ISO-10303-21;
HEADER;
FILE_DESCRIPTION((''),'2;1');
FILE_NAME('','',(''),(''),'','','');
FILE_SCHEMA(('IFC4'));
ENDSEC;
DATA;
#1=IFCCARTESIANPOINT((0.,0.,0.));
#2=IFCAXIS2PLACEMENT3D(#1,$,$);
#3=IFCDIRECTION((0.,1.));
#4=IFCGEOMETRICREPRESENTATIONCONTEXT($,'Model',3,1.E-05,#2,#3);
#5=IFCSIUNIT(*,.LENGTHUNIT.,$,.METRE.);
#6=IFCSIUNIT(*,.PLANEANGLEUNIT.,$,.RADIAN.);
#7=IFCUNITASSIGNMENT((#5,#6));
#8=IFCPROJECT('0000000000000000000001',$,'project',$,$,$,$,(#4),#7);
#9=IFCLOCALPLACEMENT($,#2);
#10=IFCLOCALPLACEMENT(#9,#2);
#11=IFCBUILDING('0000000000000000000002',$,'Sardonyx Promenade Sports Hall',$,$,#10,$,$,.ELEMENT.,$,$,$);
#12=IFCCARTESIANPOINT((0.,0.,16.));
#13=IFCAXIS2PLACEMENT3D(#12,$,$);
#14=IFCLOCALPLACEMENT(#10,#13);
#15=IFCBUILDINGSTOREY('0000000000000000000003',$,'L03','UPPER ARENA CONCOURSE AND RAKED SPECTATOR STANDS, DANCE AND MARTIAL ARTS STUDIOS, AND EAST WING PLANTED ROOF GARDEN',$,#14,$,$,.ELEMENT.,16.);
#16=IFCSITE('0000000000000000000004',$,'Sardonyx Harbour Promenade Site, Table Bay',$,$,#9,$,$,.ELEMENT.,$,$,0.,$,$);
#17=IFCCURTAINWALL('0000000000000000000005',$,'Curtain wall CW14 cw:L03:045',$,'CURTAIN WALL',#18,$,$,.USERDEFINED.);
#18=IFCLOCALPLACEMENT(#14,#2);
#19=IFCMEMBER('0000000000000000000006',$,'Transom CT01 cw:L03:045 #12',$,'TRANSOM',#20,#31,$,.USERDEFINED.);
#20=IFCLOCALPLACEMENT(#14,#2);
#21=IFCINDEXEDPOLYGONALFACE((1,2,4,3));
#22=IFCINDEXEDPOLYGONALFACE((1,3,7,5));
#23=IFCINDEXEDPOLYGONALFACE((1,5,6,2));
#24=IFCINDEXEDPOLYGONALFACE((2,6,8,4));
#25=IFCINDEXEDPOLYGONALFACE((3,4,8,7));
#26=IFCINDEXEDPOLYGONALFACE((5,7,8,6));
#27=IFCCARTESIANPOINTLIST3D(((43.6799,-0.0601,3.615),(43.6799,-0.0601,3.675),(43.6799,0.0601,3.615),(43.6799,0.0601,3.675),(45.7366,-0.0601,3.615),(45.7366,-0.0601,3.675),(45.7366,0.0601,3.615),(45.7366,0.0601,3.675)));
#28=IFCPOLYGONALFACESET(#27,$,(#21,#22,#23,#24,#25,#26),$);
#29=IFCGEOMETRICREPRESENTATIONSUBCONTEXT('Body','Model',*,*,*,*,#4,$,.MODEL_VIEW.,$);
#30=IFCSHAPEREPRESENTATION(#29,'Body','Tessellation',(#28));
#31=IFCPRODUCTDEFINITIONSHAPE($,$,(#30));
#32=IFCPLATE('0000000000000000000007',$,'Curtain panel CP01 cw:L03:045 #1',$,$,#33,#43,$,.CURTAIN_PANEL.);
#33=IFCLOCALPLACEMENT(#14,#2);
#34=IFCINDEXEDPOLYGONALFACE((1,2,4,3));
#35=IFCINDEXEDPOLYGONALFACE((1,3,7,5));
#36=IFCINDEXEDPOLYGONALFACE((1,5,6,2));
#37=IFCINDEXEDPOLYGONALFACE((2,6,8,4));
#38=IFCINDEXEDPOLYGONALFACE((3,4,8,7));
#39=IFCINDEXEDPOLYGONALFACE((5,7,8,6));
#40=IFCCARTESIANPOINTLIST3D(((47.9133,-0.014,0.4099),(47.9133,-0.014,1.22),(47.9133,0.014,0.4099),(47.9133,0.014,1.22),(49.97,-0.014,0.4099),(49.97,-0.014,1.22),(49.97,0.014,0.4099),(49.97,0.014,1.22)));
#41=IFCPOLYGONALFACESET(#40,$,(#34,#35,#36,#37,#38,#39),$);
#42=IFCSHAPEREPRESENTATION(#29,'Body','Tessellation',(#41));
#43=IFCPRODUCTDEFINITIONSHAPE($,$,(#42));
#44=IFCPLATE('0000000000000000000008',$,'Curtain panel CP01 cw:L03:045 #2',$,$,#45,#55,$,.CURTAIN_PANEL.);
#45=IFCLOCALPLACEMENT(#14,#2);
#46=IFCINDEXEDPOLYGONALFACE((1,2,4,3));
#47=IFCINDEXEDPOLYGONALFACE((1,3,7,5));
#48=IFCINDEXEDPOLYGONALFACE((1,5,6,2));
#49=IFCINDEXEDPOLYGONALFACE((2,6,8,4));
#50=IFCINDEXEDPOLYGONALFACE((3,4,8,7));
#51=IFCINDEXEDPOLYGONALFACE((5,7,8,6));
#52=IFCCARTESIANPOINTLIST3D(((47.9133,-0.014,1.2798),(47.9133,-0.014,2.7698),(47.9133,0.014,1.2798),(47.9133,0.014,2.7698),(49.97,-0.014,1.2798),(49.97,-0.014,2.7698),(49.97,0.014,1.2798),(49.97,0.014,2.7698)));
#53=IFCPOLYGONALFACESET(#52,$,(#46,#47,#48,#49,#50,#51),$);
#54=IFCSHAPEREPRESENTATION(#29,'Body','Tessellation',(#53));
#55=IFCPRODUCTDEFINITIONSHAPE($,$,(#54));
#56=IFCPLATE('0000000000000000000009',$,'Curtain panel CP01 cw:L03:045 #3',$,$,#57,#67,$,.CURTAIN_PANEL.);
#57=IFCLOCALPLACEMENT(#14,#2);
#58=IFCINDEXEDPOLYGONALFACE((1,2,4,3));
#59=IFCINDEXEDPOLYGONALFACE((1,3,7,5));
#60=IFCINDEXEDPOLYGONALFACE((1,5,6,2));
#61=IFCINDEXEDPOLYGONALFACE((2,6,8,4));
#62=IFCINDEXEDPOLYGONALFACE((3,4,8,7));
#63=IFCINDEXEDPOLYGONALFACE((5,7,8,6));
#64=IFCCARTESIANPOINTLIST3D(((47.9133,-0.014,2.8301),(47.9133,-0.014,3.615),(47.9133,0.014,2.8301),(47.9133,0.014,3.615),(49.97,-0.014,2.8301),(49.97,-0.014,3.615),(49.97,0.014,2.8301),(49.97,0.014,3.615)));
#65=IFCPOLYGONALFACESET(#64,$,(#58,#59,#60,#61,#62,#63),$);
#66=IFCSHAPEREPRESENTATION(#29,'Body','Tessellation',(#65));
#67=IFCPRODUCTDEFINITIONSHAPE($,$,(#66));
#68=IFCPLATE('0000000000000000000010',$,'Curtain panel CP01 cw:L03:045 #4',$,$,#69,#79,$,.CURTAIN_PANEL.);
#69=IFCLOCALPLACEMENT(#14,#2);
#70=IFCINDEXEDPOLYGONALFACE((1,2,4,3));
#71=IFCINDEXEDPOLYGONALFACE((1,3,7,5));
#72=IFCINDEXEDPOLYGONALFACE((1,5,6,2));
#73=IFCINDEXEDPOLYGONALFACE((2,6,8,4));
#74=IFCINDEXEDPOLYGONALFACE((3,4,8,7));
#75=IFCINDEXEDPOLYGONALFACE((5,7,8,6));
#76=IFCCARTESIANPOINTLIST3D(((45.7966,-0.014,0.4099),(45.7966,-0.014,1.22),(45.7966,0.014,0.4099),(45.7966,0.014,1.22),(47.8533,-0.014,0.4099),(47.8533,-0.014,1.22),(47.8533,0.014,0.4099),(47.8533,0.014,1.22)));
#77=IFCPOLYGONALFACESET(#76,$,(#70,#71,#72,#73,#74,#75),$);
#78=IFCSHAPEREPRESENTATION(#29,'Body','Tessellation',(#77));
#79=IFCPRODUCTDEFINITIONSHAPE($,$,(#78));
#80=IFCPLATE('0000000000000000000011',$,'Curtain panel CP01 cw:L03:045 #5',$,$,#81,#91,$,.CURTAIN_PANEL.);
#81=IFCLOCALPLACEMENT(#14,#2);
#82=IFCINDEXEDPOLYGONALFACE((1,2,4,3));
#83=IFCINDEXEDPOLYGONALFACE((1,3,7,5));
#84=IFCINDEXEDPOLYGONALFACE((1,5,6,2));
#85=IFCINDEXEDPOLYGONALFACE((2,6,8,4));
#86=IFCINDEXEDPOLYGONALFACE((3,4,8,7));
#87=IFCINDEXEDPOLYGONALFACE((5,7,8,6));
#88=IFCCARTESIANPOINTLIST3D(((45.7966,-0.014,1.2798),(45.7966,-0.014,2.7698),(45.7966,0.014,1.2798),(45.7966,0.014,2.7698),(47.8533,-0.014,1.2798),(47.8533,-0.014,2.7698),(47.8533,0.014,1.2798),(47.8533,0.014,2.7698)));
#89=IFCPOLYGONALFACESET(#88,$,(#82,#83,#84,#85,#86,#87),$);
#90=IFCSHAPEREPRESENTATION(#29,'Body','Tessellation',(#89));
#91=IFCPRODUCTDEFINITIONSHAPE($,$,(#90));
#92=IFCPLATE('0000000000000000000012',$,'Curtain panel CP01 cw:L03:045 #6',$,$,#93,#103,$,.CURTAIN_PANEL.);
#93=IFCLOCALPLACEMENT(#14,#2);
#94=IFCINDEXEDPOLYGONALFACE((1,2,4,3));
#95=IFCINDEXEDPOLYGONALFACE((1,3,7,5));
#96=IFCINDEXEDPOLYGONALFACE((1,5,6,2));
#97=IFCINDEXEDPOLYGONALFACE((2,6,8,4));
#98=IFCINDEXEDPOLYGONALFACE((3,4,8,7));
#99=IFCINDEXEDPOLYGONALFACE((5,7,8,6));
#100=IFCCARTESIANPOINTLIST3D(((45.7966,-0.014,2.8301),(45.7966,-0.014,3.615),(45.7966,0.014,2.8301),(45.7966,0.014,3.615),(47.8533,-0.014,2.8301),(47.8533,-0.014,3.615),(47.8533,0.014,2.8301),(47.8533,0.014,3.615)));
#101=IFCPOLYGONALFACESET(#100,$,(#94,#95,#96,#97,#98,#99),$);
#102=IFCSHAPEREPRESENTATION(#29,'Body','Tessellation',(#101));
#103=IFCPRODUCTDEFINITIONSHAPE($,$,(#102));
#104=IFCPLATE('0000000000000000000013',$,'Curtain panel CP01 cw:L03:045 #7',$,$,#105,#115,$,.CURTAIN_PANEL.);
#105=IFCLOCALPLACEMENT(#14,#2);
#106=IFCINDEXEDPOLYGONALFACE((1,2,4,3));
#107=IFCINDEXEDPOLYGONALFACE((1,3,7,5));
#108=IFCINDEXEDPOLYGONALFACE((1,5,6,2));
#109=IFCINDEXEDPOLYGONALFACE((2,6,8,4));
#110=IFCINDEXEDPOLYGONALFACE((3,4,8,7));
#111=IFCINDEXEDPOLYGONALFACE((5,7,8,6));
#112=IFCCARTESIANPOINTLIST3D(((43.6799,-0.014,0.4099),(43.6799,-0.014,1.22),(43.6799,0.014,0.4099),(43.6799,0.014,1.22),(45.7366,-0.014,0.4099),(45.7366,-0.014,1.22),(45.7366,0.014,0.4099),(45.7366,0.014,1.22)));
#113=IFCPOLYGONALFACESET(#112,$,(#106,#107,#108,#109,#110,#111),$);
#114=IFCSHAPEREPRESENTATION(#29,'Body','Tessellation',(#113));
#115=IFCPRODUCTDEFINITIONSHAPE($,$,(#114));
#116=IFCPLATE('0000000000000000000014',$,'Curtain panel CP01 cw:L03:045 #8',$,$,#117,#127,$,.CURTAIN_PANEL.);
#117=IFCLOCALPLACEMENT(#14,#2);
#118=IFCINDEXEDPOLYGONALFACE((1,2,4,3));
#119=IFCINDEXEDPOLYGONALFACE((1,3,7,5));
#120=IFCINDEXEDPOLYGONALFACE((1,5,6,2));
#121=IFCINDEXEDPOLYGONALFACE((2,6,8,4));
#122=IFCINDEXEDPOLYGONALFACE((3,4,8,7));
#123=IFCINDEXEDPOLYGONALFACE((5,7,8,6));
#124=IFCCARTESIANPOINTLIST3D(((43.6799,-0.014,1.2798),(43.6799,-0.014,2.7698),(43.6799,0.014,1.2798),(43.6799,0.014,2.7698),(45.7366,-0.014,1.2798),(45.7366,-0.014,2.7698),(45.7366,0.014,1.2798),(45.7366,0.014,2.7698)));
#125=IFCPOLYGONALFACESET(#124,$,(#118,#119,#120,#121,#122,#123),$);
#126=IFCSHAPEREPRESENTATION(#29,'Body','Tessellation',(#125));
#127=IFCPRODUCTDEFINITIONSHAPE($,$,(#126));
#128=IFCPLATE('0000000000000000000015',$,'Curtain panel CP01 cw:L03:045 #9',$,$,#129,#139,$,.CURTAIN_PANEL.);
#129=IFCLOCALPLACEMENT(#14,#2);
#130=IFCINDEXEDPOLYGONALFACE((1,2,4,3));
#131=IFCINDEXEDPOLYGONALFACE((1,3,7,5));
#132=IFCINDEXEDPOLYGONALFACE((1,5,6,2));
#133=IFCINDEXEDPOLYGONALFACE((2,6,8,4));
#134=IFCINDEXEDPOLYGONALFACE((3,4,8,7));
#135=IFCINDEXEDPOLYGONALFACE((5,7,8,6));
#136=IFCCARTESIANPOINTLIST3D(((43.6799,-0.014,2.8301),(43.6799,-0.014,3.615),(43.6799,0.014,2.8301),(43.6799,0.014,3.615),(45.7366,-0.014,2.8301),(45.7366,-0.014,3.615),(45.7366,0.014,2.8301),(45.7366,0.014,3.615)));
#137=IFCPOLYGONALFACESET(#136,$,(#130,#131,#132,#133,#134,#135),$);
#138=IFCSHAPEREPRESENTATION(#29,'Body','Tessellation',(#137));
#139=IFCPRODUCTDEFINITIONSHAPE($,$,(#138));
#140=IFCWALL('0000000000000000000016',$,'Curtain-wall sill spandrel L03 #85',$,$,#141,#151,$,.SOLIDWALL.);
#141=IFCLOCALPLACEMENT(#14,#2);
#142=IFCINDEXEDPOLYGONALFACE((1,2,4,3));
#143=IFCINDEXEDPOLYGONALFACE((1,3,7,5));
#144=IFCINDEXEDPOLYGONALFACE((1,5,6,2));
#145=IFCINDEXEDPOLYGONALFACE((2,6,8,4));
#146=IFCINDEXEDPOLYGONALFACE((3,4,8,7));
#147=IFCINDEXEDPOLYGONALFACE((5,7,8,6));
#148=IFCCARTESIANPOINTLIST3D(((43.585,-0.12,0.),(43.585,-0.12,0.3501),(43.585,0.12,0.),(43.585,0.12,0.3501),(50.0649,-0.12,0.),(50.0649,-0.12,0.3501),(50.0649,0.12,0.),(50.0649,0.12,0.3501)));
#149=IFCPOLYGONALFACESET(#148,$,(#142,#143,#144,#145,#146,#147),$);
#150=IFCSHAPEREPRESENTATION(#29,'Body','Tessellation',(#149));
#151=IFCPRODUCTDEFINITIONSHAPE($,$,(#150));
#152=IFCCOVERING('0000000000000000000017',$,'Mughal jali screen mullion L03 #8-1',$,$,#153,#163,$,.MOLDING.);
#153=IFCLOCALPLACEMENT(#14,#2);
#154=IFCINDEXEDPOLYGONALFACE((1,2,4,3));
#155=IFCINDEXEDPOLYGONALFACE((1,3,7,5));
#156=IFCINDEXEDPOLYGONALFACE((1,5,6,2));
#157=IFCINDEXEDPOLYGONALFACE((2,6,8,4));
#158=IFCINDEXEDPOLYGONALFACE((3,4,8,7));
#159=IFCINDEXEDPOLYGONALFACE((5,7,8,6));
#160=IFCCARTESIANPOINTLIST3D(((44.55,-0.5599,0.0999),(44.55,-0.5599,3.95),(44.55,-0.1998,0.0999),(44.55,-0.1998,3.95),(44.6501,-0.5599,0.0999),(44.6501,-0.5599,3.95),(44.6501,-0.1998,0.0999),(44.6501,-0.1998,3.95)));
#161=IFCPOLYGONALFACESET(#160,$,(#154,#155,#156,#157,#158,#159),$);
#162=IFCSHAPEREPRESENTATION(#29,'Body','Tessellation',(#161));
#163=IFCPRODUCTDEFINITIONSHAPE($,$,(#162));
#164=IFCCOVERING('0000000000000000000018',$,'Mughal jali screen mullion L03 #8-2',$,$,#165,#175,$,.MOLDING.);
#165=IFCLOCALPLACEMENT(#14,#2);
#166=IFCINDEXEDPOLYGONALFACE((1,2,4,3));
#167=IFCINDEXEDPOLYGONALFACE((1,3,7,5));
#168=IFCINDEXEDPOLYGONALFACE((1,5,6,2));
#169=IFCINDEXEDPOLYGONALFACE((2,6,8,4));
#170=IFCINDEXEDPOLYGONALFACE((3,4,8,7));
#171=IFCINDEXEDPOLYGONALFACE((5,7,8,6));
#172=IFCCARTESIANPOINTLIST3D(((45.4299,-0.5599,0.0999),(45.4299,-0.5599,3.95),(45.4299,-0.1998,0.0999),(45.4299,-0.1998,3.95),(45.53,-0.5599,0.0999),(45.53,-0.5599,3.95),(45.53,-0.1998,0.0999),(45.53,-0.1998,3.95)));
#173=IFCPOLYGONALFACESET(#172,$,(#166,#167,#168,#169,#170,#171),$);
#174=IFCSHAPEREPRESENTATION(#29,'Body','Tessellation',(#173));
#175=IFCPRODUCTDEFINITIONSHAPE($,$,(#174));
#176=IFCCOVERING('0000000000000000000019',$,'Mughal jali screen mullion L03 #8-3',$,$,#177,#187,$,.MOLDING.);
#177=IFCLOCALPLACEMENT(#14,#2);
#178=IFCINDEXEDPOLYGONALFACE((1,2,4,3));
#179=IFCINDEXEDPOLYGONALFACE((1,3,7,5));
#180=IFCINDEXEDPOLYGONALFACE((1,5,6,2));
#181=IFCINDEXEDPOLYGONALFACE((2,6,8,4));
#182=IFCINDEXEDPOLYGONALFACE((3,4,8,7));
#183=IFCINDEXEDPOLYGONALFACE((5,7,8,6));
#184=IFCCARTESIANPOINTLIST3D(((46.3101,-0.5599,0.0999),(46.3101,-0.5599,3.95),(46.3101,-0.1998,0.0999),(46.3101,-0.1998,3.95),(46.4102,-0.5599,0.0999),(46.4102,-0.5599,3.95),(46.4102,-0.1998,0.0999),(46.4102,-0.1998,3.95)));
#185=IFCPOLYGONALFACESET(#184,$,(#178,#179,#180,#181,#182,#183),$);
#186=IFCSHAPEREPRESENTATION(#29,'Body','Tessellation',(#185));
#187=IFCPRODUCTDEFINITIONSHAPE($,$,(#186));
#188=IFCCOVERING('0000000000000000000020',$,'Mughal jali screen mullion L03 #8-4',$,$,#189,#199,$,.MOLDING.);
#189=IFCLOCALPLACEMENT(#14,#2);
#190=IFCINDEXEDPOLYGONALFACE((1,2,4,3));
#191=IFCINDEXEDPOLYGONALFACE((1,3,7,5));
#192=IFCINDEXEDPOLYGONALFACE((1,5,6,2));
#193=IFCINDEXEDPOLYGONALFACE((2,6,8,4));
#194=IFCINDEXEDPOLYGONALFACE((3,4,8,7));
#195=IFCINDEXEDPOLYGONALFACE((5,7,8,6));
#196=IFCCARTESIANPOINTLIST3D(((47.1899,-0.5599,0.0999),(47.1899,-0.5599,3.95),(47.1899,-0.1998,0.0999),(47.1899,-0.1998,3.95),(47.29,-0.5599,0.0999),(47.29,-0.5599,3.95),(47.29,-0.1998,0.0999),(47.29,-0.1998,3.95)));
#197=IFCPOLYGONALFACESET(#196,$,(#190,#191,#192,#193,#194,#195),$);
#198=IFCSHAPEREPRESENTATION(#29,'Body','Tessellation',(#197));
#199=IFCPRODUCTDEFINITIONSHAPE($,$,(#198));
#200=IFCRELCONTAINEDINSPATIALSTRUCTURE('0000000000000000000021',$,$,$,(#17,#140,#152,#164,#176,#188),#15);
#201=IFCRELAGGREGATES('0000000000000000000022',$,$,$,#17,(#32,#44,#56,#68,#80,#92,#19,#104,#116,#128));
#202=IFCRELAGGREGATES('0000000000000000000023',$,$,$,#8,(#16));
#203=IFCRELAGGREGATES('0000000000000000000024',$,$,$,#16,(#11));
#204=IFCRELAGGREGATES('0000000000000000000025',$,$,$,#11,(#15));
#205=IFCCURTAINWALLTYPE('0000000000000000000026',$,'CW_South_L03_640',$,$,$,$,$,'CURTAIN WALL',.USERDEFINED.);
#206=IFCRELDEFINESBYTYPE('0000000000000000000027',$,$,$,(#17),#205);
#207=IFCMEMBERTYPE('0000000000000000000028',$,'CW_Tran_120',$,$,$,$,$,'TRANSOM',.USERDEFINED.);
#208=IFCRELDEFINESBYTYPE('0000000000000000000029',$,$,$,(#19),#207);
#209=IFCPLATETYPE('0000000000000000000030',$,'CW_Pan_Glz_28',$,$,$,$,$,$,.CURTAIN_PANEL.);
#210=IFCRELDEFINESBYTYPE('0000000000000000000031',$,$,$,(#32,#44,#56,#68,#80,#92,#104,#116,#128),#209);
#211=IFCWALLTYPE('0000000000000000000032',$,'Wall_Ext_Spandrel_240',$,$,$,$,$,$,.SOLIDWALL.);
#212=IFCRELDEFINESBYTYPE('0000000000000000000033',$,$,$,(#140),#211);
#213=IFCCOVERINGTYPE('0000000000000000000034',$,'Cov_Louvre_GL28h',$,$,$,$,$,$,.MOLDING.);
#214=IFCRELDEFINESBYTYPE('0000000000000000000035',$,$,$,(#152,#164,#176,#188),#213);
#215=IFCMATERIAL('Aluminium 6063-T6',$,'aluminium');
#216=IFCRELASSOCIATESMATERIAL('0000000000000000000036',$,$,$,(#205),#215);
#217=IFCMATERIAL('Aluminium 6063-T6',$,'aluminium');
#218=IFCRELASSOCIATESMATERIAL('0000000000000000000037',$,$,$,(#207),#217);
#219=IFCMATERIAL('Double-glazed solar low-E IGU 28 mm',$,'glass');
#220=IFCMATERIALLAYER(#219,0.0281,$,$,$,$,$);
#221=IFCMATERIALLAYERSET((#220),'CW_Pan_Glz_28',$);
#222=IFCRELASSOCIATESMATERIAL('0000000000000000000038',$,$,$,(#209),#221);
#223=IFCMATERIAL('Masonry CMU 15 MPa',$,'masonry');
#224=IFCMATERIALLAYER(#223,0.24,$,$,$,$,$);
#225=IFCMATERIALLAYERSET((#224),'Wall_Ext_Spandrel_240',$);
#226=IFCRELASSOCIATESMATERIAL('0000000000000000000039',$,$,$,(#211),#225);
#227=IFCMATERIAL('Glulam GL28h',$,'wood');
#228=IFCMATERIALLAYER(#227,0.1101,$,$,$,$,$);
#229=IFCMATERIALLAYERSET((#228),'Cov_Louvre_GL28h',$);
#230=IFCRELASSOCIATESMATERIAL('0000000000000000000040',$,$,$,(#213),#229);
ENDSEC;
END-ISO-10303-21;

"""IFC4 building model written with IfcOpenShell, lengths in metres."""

from ifc_helpers import new_model, si_unit, direction, frame, frame_2d, origin, origin_2d, place, context, subcontext, project, spatial, rectangle, extrude, material, layer, layer_set, material_profile, profile_set, type_object, element, aggregate, save


model = new_model("IFC4")

# Units and contexts
model_context = context("Model", 3, precision=1e-05, world=origin(), true_north=direction((0.0, 1.0)))
body_context = subcontext(model_context, "Body", "Model", "MODEL_VIEW")
ifc_project = project(units=[si_unit("LENGTHUNIT", "METRE"), si_unit("PLANEANGLEUNIT", "RADIAN")], contexts=[model_context])

# Site, building, storey
site_placement = place(None, origin())
site = spatial("IfcSite", under=ifc_project, at=site_placement, Name="Sardonyx Harbour Promenade Site, Table Bay", CompositionType="ELEMENT", RefElevation=0.0)
building_placement = place(site_placement, origin())
building = spatial("IfcBuilding", under=site, at=building_placement, Name="Sardonyx Promenade Sports Hall", CompositionType="ELEMENT")
storey_placement = place(building_placement, frame((0.0, 0.0, 16.0)))
storey = spatial("IfcBuildingStorey", under=building, at=storey_placement, Name="L03", Description="UPPER ARENA CONCOURSE AND RAKED SPECTATOR STANDS, DANCE AND MARTIAL ARTS STUDIOS, AND EAST WING PLANTED ROOF GARDEN", CompositionType="ELEMENT", Elevation=16.0)

# Curtain wall, member, plates
ifc_material_1 = material(Name="Aluminium 6063-T6", Category="aluminium")
curtain_wall_type = type_object("IfcCurtainWallType", Name="CW_South_L03_640", ElementType="CURTAIN WALL", PredefinedType="USERDEFINED", material=ifc_material_1)
curtain_wall_placement = place(storey_placement, origin())
curtain_wall = element("IfcCurtainWall", 1, at=curtain_wall_placement, inside=storey, type_object=curtain_wall_type, Name="Curtain wall CW14 cw:L03:045", ObjectType="CURTAIN WALL", PredefinedType="USERDEFINED")
ifc_material_2 = material(Name="Aluminium 6063-T6", Category="aluminium")
ifc_material_profile_1 = material_profile(ifc_material_2, rectangle(XDim=0.0601, YDim=0.1201, at=origin_2d()))
ifc_profile_set_1 = profile_set([ifc_material_profile_1], Name="Aluminium 6063-T6")
member_type_1 = type_object("IfcMemberType", Name="CW_Tran_120", ElementType="TRANSOM", PredefinedType="USERDEFINED", material=ifc_profile_set_1)
member_1_placement = place(storey_placement, frame((45.7366, 0.0, 3.645), z_axis=(-1.0, 0.0, 0.0), x_axis=(0.0, 0.0, 1.0)))
member_1 = element("IfcMember", 2, at=member_1_placement, type_object=member_type_1, Name="Transom CT01 cw:L03:045 #12", ObjectType="TRANSOM", PredefinedType="USERDEFINED", context=body_context, shape_type="SweptSolid", body=[
    extrude(rectangle(XDim=0.0601, YDim=0.1201, at=origin_2d()), origin(), (0.0, 0.0, 1.0), 2.0566),
])
ifc_material_3 = material(Name="Double-glazed solar low-E IGU 28 mm", Category="glass")
ifc_layer_1 = layer(ifc_material_3, 0.0281)
ifc_layer_set_1 = layer_set([ifc_layer_1], Name="CW_Pan_Glz_28")
plate_type = type_object("IfcPlateType", Name="CW_Pan_Glz_28", PredefinedType="CURTAIN_PANEL", material=ifc_layer_set_1)
plate_1_placement = place(storey_placement, frame((48.9417, 0.0, 0.4099), z_axis=(0.0, 0.0, 1.0), x_axis=(-1.0, 0.0, 0.0)))
plate_1 = element("IfcPlate", 3, at=plate_1_placement, type_object=plate_type, Name="Curtain panel CP01 cw:L03:045 #1", PredefinedType="CURTAIN_PANEL", context=body_context, shape_type="SweptSolid", body=[
    extrude(rectangle(XDim=2.0566, YDim=0.0281, at=origin_2d()), origin(), (0.0, 0.0, 1.0), 0.8101),
])
plate_2_placement = place(storey_placement, frame((48.9417, 0.0, 1.2798), z_axis=(0.0, 0.0, 1.0), x_axis=(-1.0, 0.0, 0.0)))
plate_2 = element("IfcPlate", 4, at=plate_2_placement, type_object=plate_type, Name="Curtain panel CP01 cw:L03:045 #2", PredefinedType="CURTAIN_PANEL", context=body_context, shape_type="SweptSolid", body=[
    extrude(rectangle(XDim=2.0566, YDim=0.0281, at=origin_2d()), origin(), (0.0, 0.0, 1.0), 1.49),
])
plate_3_placement = place(storey_placement, frame((48.9417, 0.0, 2.8301), z_axis=(0.0, 0.0, 1.0), x_axis=(-1.0, 0.0, 0.0)))
plate_3 = element("IfcPlate", 5, at=plate_3_placement, type_object=plate_type, Name="Curtain panel CP01 cw:L03:045 #3", PredefinedType="CURTAIN_PANEL", context=body_context, shape_type="SweptSolid", body=[
    extrude(rectangle(XDim=2.0566, YDim=0.0281, at=origin_2d()), origin(), (0.0, 0.0, 1.0), 0.7849),
])
plate_4_placement = place(storey_placement, frame((46.825, 0.0, 0.4099), z_axis=(0.0, 0.0, 1.0), x_axis=(-1.0, 0.0, 0.0)))
plate_4 = element("IfcPlate", 6, at=plate_4_placement, type_object=plate_type, Name="Curtain panel CP01 cw:L03:045 #4", PredefinedType="CURTAIN_PANEL", context=body_context, shape_type="SweptSolid", body=[
    extrude(rectangle(XDim=2.0566, YDim=0.0281, at=origin_2d()), origin(), (0.0, 0.0, 1.0), 0.8101),
])
plate_5_placement = place(storey_placement, frame((46.825, 0.0, 1.2798), z_axis=(0.0, 0.0, 1.0), x_axis=(-1.0, 0.0, 0.0)))
plate_5 = element("IfcPlate", 7, at=plate_5_placement, type_object=plate_type, Name="Curtain panel CP01 cw:L03:045 #5", PredefinedType="CURTAIN_PANEL", context=body_context, shape_type="SweptSolid", body=[
    extrude(rectangle(XDim=2.0566, YDim=0.0281, at=origin_2d()), origin(), (0.0, 0.0, 1.0), 1.49),
])
plate_6_placement = place(storey_placement, frame((46.825, 0.0, 2.8301), z_axis=(0.0, 0.0, 1.0), x_axis=(-1.0, 0.0, 0.0)))
plate_6 = element("IfcPlate", 8, at=plate_6_placement, type_object=plate_type, Name="Curtain panel CP01 cw:L03:045 #6", PredefinedType="CURTAIN_PANEL", context=body_context, shape_type="SweptSolid", body=[
    extrude(rectangle(XDim=2.0566, YDim=0.0281, at=origin_2d()), origin(), (0.0, 0.0, 1.0), 0.7849),
])
plate_7_placement = place(storey_placement, frame((44.7083, 0.0, 0.4099), z_axis=(0.0, 0.0, 1.0), x_axis=(-1.0, 0.0, 0.0)))
plate_7 = element("IfcPlate", 9, at=plate_7_placement, type_object=plate_type, Name="Curtain panel CP01 cw:L03:045 #7", PredefinedType="CURTAIN_PANEL", context=body_context, shape_type="SweptSolid", body=[
    extrude(rectangle(XDim=2.0566, YDim=0.0281, at=origin_2d()), origin(), (0.0, 0.0, 1.0), 0.8101),
])
plate_8_placement = place(storey_placement, frame((44.7083, 0.0, 1.2798), z_axis=(0.0, 0.0, 1.0), x_axis=(-1.0, 0.0, 0.0)))
plate_8 = element("IfcPlate", 10, at=plate_8_placement, type_object=plate_type, Name="Curtain panel CP01 cw:L03:045 #8", PredefinedType="CURTAIN_PANEL", context=body_context, shape_type="SweptSolid", body=[
    extrude(rectangle(XDim=2.0566, YDim=0.0281, at=origin_2d()), origin(), (0.0, 0.0, 1.0), 1.49),
])
plate_9_placement = place(storey_placement, frame((44.7083, 0.0, 2.8301), z_axis=(0.0, 0.0, 1.0), x_axis=(-1.0, 0.0, 0.0)))
plate_9 = element("IfcPlate", 11, at=plate_9_placement, type_object=plate_type, Name="Curtain panel CP01 cw:L03:045 #9", PredefinedType="CURTAIN_PANEL", context=body_context, shape_type="SweptSolid", body=[
    extrude(rectangle(XDim=2.0566, YDim=0.0281, at=origin_2d()), origin(), (0.0, 0.0, 1.0), 0.7849),
])
aggregate(curtain_wall, [plate_1, plate_2, plate_3, plate_4, plate_5, plate_6, member_1, plate_7, plate_8, plate_9])

# Wall
ifc_material_4 = material(Name="Masonry CMU 15 MPa", Category="masonry")
ifc_layer_2 = layer(ifc_material_4, 0.24)
ifc_layer_set_2 = layer_set([ifc_layer_2], Name="Wall_Ext_Spandrel_240")
wall_type = type_object("IfcWallType", Name="Wall_Ext_Spandrel_240", PredefinedType="SOLIDWALL", material=ifc_layer_set_2)
wall_placement = place(storey_placement, frame((50.0649, 0.0, 0.0), z_axis=(0.0, 0.0, 1.0), x_axis=(-1.0, 0.0, 0.0)))
element("IfcWall", 12, at=wall_placement, inside=storey, type_object=wall_type, Name="Curtain-wall sill spandrel L03 #85", PredefinedType="SOLIDWALL", context=body_context, shape_type="SweptSolid", body=[
    extrude(rectangle(XDim=6.48, YDim=0.24, at=frame_2d((3.24, 0.0))), origin(), (0.0, 0.0, 1.0), 0.3501),
])

# Coverings
ifc_material_5 = material(Name="Glulam GL28h", Category="wood")
ifc_layer_3 = layer(ifc_material_5, 0.1101)
ifc_layer_set_3 = layer_set([ifc_layer_3], Name="Cov_Louvre_GL28h")
covering_type = type_object("IfcCoveringType", Name="Cov_Louvre_GL28h", PredefinedType="MOLDING", material=ifc_layer_set_3)
for number, where, z_axis, x_axis, name in (
    (13, (44.6001, -0.3799, 0.0999), (0.0, 0.0, 1.0), (1.0, 0.0, 0.0), "Mughal jali screen mullion L03 #8-1"),
    (14, (45.48, -0.3799, 0.0999), (0.0, 0.0, 1.0), (1.0, 0.0, 0.0), "Mughal jali screen mullion L03 #8-2"),
    (15, (46.3601, -0.3799, 0.0999), (0.0, 0.0, 1.0), (1.0, 0.0, 0.0), "Mughal jali screen mullion L03 #8-3"),
    (16, (47.24, -0.3799, 0.0999), (0.0, 0.0, 1.0), (1.0, 0.0, 0.0), "Mughal jali screen mullion L03 #8-4"),
):
    element("IfcCovering", number, at=place(storey_placement, frame(where, z_axis=z_axis, x_axis=x_axis)), inside=storey, type_object=covering_type, Name=name, PredefinedType="MOLDING", context=body_context, shape_type="SweptSolid", body=[
        extrude(rectangle(XDim=0.1001, YDim=0.3601, at=origin_2d()), origin(), (0.0, 0.0, 1.0), 3.8501),
    ])

save(model, "model.ifc")
